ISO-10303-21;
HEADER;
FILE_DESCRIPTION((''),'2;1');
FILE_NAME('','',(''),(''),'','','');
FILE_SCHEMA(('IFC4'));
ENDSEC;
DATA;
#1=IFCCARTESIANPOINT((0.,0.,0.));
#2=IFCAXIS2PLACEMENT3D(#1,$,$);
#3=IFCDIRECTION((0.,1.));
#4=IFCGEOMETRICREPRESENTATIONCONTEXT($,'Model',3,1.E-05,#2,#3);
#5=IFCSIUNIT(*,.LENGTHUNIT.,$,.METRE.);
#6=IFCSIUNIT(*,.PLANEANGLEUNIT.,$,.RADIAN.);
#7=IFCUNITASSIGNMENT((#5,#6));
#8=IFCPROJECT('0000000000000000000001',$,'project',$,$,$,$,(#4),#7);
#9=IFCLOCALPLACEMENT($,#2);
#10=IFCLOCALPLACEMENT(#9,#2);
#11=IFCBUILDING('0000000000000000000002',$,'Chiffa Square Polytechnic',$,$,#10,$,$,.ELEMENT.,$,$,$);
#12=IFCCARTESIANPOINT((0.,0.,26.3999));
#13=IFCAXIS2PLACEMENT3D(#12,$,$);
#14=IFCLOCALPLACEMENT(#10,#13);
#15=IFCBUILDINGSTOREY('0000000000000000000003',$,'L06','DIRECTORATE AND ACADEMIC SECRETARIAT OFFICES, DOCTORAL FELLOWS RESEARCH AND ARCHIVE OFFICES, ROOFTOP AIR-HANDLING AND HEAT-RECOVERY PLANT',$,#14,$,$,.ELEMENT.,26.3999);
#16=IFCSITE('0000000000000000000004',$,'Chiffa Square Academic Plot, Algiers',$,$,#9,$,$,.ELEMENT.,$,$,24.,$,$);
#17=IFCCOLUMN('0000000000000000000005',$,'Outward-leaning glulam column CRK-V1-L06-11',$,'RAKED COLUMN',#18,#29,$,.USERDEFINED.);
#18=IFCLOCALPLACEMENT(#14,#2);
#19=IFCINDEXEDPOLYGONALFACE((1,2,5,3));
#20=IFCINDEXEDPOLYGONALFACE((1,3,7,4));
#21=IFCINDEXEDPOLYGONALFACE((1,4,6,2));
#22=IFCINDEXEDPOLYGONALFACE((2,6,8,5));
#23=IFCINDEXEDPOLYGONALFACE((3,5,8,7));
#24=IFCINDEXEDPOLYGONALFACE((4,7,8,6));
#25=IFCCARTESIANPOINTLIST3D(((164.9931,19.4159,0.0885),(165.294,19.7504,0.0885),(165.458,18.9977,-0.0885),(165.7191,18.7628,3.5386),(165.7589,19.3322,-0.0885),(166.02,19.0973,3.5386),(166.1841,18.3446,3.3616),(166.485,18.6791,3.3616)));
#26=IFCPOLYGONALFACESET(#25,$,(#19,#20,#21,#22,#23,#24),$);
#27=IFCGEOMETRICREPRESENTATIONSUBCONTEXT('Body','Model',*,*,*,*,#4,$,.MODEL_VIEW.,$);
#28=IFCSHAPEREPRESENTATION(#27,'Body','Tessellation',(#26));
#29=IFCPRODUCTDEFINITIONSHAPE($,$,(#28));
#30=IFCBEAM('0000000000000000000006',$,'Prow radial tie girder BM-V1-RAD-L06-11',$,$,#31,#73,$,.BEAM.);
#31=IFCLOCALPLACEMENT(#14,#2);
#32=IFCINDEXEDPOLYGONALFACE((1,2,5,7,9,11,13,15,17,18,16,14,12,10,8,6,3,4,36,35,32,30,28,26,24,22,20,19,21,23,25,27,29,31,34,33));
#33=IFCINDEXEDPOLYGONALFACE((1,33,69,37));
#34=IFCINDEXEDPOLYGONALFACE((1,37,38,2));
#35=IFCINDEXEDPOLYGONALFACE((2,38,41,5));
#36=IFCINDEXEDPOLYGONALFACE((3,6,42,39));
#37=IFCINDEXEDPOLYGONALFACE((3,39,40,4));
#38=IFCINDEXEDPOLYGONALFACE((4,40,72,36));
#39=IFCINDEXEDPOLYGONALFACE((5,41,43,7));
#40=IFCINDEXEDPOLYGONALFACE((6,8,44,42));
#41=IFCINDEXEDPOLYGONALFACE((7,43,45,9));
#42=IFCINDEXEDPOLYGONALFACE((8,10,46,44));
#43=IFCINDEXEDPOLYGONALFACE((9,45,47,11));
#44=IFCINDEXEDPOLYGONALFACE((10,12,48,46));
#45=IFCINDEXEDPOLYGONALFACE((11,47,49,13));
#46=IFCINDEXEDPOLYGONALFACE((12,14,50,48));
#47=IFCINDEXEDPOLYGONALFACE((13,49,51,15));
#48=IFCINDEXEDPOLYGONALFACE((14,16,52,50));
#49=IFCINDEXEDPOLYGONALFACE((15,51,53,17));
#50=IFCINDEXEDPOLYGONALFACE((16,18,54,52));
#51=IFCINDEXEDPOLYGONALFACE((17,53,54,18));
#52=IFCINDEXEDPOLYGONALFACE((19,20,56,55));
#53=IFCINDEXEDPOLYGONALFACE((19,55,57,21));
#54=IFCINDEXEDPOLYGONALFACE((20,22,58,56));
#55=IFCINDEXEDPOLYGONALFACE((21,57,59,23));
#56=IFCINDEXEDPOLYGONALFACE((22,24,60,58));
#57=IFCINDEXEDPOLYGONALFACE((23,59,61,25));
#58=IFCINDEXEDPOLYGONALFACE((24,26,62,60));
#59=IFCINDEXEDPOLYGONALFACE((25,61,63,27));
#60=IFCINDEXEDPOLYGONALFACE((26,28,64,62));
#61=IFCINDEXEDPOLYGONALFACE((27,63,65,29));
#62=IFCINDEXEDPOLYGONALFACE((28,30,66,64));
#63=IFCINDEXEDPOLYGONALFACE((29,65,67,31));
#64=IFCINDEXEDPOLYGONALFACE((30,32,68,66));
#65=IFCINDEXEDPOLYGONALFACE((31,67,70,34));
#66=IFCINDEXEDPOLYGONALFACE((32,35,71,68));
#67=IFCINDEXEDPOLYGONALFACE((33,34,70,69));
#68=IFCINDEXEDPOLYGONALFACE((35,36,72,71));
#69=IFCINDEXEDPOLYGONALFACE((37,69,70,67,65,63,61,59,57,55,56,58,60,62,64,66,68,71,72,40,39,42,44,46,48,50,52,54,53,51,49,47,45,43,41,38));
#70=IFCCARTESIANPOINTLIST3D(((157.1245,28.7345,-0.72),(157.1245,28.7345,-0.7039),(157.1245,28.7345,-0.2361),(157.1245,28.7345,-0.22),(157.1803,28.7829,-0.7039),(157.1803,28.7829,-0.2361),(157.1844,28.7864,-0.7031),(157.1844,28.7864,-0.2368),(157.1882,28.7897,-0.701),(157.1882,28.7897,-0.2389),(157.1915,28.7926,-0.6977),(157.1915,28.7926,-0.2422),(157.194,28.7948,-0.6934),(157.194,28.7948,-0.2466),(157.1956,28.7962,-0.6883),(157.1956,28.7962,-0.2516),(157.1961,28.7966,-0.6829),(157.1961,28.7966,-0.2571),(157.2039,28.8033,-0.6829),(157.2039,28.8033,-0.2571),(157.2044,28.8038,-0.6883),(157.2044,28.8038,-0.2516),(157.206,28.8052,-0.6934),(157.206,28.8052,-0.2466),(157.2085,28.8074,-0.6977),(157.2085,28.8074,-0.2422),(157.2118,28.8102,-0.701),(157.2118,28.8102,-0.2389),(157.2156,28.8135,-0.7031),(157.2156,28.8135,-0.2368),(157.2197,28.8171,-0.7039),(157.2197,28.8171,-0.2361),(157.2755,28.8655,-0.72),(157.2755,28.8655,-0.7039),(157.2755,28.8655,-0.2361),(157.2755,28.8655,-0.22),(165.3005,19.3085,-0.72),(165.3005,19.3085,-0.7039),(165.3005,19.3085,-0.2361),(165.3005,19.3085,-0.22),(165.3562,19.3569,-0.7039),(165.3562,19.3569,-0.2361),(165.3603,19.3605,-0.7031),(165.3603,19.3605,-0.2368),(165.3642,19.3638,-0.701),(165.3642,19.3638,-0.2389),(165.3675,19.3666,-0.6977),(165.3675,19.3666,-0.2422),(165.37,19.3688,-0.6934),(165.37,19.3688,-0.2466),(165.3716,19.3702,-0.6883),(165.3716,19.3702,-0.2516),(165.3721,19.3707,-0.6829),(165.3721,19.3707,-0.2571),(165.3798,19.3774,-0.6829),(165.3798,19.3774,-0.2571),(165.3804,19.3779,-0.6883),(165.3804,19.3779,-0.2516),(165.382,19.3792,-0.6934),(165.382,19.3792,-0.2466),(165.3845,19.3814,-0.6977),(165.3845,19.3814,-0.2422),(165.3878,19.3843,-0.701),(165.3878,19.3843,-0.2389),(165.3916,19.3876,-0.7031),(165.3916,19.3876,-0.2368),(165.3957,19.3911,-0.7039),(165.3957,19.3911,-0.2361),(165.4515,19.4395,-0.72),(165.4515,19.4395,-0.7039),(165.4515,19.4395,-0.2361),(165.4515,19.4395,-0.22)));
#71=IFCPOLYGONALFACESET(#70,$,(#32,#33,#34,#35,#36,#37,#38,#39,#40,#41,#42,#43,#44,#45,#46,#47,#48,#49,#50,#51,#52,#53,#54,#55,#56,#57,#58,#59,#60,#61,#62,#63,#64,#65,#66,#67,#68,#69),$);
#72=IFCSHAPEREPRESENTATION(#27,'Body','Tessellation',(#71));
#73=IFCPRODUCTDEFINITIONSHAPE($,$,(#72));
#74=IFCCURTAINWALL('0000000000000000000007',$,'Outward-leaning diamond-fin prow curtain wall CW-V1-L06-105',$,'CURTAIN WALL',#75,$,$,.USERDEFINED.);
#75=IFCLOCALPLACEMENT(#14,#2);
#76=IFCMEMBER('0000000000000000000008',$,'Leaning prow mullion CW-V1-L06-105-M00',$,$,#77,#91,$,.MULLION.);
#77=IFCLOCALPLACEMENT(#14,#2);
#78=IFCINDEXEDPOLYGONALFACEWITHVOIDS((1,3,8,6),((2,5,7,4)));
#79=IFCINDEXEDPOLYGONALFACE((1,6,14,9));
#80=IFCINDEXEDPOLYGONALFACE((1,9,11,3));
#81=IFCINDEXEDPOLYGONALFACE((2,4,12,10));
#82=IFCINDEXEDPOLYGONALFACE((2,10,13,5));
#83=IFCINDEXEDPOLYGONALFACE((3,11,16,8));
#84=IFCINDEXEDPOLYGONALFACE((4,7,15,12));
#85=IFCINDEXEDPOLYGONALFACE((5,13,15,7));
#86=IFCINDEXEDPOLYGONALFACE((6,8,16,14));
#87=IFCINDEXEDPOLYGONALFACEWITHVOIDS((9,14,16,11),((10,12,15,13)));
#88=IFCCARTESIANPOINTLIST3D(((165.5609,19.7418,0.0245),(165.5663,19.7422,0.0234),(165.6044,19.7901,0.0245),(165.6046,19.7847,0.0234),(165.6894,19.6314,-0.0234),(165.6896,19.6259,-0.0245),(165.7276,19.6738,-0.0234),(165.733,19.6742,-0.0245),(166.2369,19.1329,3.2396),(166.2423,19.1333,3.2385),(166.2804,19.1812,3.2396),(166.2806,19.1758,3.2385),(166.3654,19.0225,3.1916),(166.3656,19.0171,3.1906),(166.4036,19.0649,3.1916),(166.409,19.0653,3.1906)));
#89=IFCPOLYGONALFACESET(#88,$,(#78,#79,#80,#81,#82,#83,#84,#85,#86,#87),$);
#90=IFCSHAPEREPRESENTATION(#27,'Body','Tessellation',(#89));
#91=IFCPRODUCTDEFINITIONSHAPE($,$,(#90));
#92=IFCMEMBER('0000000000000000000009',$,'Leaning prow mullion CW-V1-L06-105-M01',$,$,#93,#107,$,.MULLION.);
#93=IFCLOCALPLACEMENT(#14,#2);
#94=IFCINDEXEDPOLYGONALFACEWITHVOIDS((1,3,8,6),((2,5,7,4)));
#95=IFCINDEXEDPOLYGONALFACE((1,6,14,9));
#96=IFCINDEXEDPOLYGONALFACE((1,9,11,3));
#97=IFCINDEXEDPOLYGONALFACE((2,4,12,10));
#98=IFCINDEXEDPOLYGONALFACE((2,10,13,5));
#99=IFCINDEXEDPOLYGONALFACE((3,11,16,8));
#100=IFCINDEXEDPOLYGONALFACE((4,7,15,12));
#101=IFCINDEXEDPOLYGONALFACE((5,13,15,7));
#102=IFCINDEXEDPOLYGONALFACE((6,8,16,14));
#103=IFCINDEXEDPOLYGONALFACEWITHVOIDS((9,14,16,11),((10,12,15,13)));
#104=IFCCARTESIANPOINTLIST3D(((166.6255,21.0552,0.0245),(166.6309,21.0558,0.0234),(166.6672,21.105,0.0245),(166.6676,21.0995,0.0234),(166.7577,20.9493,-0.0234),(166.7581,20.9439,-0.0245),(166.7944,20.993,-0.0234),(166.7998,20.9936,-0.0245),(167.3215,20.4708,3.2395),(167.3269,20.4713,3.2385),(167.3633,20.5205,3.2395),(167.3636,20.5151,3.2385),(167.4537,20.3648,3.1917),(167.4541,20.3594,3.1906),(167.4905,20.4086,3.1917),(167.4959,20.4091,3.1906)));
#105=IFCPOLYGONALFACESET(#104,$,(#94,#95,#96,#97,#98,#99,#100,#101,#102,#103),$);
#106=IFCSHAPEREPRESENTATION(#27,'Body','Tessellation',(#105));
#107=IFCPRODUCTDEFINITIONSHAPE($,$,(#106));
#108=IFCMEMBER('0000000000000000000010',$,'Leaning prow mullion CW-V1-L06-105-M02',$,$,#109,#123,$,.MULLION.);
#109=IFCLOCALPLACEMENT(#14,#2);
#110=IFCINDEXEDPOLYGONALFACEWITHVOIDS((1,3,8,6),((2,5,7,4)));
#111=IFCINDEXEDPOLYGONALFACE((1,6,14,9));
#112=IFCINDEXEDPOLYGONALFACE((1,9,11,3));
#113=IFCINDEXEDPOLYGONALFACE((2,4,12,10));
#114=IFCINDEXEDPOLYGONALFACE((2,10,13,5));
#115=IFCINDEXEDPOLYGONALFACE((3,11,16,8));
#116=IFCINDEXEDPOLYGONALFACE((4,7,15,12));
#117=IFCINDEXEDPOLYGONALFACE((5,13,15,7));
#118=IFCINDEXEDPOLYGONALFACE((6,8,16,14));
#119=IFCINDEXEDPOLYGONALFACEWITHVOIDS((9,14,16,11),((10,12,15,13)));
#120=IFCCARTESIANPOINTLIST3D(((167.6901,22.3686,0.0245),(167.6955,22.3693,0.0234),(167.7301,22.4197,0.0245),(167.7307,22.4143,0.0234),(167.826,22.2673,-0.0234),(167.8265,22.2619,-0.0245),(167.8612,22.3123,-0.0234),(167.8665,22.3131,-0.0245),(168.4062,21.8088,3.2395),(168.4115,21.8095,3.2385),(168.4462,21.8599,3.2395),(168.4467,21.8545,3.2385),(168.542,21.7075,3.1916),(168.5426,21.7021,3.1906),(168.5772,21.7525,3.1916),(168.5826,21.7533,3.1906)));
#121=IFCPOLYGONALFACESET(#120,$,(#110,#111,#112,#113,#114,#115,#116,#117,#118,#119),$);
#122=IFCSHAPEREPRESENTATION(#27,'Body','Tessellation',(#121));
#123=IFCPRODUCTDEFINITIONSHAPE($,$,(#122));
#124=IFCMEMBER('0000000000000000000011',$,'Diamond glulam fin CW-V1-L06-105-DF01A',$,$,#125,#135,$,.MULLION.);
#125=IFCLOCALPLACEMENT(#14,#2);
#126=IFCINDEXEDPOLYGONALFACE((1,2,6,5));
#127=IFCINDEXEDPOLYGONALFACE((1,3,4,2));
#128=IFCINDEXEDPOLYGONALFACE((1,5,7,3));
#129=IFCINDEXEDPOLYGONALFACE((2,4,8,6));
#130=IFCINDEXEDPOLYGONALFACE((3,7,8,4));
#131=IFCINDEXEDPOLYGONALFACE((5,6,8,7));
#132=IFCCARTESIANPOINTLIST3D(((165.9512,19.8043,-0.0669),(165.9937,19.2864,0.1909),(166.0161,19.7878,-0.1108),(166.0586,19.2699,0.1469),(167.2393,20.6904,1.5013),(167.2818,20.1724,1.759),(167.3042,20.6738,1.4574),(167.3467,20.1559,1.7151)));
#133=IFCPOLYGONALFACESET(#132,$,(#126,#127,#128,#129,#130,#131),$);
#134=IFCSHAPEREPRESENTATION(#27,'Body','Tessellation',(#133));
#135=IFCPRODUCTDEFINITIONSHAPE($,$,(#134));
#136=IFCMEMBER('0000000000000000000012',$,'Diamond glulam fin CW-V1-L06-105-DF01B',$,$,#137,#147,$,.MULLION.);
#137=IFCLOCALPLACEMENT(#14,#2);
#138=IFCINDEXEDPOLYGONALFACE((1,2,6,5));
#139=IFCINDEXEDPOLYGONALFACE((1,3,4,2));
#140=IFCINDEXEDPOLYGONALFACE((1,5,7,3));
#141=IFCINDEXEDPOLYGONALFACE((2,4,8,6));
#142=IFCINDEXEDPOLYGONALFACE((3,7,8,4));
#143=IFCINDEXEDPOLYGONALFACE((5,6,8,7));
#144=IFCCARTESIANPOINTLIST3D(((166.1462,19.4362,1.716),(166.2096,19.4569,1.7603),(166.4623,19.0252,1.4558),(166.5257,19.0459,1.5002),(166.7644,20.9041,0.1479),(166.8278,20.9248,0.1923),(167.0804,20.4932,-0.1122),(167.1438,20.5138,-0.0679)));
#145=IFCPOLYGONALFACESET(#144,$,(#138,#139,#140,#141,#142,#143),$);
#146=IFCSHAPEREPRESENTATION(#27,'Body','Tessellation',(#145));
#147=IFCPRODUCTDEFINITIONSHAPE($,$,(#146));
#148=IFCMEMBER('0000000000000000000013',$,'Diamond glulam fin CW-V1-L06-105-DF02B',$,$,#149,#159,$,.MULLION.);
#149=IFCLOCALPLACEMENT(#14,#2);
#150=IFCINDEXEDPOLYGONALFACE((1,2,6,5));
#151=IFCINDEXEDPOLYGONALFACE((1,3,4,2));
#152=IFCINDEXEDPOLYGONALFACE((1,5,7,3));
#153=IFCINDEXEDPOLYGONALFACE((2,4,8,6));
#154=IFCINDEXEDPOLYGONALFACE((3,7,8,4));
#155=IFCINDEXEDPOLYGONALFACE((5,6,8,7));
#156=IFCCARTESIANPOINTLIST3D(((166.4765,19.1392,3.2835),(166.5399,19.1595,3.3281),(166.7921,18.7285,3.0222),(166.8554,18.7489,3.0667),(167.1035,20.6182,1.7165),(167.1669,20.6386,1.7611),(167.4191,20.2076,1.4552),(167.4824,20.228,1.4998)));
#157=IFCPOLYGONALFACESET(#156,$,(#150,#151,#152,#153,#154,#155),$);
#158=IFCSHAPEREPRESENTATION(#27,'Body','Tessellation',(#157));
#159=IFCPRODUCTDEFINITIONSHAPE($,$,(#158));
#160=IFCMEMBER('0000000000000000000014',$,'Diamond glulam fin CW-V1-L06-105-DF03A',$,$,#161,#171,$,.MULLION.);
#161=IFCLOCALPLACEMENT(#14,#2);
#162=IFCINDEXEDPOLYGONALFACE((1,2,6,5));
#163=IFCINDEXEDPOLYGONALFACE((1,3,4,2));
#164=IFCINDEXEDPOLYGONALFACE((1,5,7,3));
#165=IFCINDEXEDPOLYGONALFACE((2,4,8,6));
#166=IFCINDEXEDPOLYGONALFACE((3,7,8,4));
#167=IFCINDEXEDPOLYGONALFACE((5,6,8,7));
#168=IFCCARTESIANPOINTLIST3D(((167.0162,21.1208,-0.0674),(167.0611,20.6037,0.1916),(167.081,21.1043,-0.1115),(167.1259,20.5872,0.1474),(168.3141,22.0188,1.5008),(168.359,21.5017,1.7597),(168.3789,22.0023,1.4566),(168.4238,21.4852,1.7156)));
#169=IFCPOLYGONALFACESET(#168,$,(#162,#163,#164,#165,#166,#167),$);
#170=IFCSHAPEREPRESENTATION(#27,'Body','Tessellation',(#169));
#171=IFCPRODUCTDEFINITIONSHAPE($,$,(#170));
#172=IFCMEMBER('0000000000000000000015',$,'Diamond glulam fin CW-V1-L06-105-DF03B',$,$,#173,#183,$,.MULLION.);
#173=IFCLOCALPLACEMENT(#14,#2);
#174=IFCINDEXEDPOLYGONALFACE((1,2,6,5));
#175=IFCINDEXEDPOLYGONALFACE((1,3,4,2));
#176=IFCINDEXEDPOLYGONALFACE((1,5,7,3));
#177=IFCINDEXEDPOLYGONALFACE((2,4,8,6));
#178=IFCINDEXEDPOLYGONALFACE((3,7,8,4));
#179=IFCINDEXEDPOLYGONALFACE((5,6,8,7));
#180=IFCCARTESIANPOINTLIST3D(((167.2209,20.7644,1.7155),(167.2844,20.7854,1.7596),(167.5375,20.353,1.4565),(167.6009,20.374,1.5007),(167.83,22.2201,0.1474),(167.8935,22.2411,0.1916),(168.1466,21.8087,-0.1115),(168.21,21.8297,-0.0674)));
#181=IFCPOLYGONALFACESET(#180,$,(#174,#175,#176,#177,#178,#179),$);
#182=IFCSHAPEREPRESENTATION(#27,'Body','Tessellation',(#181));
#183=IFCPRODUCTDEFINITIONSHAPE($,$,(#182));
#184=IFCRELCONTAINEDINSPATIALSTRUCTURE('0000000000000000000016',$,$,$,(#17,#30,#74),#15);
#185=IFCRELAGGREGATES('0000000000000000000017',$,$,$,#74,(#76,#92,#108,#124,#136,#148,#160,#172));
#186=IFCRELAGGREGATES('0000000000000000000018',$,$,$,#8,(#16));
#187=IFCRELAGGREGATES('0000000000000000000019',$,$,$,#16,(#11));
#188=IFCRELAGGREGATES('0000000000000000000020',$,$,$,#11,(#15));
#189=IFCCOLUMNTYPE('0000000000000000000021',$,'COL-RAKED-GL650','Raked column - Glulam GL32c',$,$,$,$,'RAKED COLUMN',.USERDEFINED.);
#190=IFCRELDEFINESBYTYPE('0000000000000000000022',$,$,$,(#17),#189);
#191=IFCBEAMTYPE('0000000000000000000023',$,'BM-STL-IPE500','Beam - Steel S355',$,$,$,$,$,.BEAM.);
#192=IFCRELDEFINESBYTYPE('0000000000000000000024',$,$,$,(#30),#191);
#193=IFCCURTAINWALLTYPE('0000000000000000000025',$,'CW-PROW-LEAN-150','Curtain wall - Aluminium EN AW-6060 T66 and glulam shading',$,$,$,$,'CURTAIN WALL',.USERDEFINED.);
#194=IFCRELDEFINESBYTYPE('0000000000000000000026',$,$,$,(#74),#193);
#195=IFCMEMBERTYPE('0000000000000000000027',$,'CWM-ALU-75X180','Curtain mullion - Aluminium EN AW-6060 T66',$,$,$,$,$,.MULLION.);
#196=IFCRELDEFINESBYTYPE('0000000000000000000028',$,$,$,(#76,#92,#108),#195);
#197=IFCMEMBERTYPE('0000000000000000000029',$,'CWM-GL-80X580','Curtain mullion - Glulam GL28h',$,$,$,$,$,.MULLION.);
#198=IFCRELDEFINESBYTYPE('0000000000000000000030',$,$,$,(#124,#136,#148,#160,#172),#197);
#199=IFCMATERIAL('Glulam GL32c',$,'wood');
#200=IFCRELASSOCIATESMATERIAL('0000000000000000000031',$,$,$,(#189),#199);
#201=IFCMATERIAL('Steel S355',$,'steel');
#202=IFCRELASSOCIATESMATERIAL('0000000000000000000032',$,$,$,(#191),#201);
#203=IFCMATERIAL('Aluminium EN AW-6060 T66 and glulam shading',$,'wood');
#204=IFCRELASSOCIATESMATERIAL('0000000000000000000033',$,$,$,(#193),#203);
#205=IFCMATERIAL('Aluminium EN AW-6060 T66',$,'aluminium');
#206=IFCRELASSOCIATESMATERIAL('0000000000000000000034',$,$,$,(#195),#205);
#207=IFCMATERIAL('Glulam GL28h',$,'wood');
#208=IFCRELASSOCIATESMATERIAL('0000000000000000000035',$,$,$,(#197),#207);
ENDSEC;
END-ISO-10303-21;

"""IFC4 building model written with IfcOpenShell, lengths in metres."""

from ifc_helpers import new_model, si_unit, direction, frame, origin, origin_2d, place, context, subcontext, project, spatial, rectangle, hollow_rectangle, i_section, extrude, material, material_profile, profile_set, type_object, element, aggregate, save


model = new_model("IFC4")

# Units and contexts
model_context = context("Model", 3, precision=1e-05, world=origin(), true_north=direction((0.0, 1.0)))
body_context = subcontext(model_context, "Body", "Model", "MODEL_VIEW")
ifc_project = project(units=[si_unit("LENGTHUNIT", "METRE"), si_unit("PLANEANGLEUNIT", "RADIAN")], contexts=[model_context])

# Site, building, storey
site_placement = place(None, origin())
site = spatial("IfcSite", under=ifc_project, at=site_placement, Name="Chiffa Square Academic Plot, Algiers", CompositionType="ELEMENT", RefElevation=24.0)
building_placement = place(site_placement, origin())
building = spatial("IfcBuilding", under=site, at=building_placement, Name="Chiffa Square Polytechnic", CompositionType="ELEMENT")
storey_placement = place(building_placement, frame((0.0, 0.0, 26.3999)))
storey = spatial("IfcBuildingStorey", under=building, at=storey_placement, Name="L06", Description="DIRECTORATE AND ACADEMIC SECRETARIAT OFFICES, DOCTORAL FELLOWS RESEARCH AND ARCHIVE OFFICES, ROOFTOP AIR-HANDLING AND HEAT-RECOVERY PLANT", CompositionType="ELEMENT", Elevation=26.3999)

# Column
ifc_material_1 = material(Name="Glulam GL32c", Category="wood")
ifc_material_profile_1 = material_profile(ifc_material_1, rectangle(XDim=0.45, YDim=0.6499, at=origin_2d()), Name="GL32c 450x650")
ifc_profile_set_1 = profile_set([ifc_material_profile_1], Name="Glulam GL32c")
column_type = type_object("IfcColumnType", Name="COL-RAKED-GL650", Description="Raked column - Glulam GL32c", ElementType="RAKED COLUMN", PredefinedType="USERDEFINED", material=ifc_profile_set_1)
column_placement = place(storey_placement, frame((165.376, 19.374, 0.0), z_axis=(0.202489, -0.182131, 0.962199), x_axis=(0.668744, 0.743493, 0.0)))
element("IfcColumn", 1, at=column_placement, inside=storey, type_object=column_type, Name="Outward-leaning glulam column CRK-V1-L06-11", ObjectType="RAKED COLUMN", PredefinedType="USERDEFINED", context=body_context, shape_type="SweptSolid", body=[
    extrude(rectangle(XDim=0.45, YDim=0.6499, at=origin_2d()), origin(), (0.0, 0.0, 1.0), 3.5857),
])

# Beam
ifc_material_2 = material(Name="Steel S355", Category="steel")
ifc_material_profile_2 = material_profile(ifc_material_2, i_section(OverallWidth=0.2, OverallDepth=0.5, WebThickness=0.0103, FlangeThickness=0.0161, FilletRadius=0.021, at=origin_2d()), Name="IPE 500")
ifc_profile_set_2 = profile_set([ifc_material_profile_2], Name="Steel S355")
beam_type_1 = type_object("IfcBeamType", Name="BM-STL-IPE500", Description="Beam - Steel S355", PredefinedType="BEAM", material=ifc_profile_set_2)
beam_1_placement = place(storey_placement, frame((165.376, 19.374, -0.47), z_axis=(-0.655242, 0.755419, 0.0), x_axis=(-0.755419, -0.655242, 0.0)))
element("IfcBeam", 2, at=beam_1_placement, inside=storey, type_object=beam_type_1, Name="Prow radial tie girder BM-V1-RAD-L06-11", PredefinedType="BEAM", context=body_context, shape_type="SweptSolid", body=[
    extrude(i_section(OverallWidth=0.2, OverallDepth=0.5, WebThickness=0.0103, FlangeThickness=0.0161, FilletRadius=0.021, at=origin_2d()), origin(), (0.0, 0.0, 1.0), 12.4778),
])

# Curtain wall, members
ifc_material_3 = material(Name="Aluminium EN AW-6060 T66 and glulam shading", Category="wood")
curtain_wall_type = type_object("IfcCurtainWallType", Name="CW-PROW-LEAN-150", Description="Curtain wall - Aluminium EN AW-6060 T66 and glulam shading", ElementType="CURTAIN WALL", PredefinedType="USERDEFINED", material=ifc_material_3)
curtain_wall_placement = place(storey_placement, origin())
curtain_wall = element("IfcCurtainWall", 3, at=curtain_wall_placement, inside=storey, type_object=curtain_wall_type, Name="Outward-leaning diamond-fin prow curtain wall CW-V1-L06-105", ObjectType="CURTAIN WALL", PredefinedType="USERDEFINED")
ifc_material_4 = material(Name="Aluminium EN AW-6060 T66", Category="aluminium")
ifc_material_profile_3 = material_profile(ifc_material_4, hollow_rectangle(XDim=0.0649, YDim=0.1799, WallThickness=0.0039, at=origin_2d()), Name="ALU 65x180x4")
ifc_profile_set_3 = profile_set([ifc_material_profile_3], Name="Aluminium EN AW-6060 T66")
member_type_1 = type_object("IfcMemberType", Name="CWM-ALU-75X180", Description="Curtain mullion - Aluminium EN AW-6060 T66", PredefinedType="MULLION", material=ifc_profile_set_3)
member_1_placement = place(storey_placement, frame((165.647, 19.708, 0.0), z_axis=(0.202322, -0.182228, 0.962216), x_axis=(0.669246, 0.743041, 0.0)))
member_1 = element("IfcMember", 4, at=member_1_placement, type_object=member_type_1, Name="Leaning prow mullion CW-V1-L06-105-M00", PredefinedType="MULLION", context=body_context, shape_type="SweptSolid", body=[
    extrude(hollow_rectangle(XDim=0.0649, YDim=0.1799, WallThickness=0.0039, at=origin_2d()), origin(), (0.0, 0.0, 1.0), 3.3413),
])
member_2_placement = place(storey_placement, frame((166.7126, 21.0244, 0.0), z_axis=(0.208329, -0.174935, 0.962287), x_axis=(0.64306, 0.765816, 0.0)))
member_2 = element("IfcMember", 5, at=member_2_placement, type_object=member_type_1, Name="Leaning prow mullion CW-V1-L06-105-M01", PredefinedType="MULLION", context=body_context, shape_type="SweptSolid", body=[
    extrude(hollow_rectangle(XDim=0.0649, YDim=0.1799, WallThickness=0.0039, at=origin_2d()), origin(), (0.0, 0.0, 1.0), 3.3411),
])
member_3_placement = place(storey_placement, frame((167.7783, 22.3408, 0.0), z_axis=(0.21432, -0.167554, 0.962285), x_axis=(0.61591, 0.787817, 0.0)))
member_3 = element("IfcMember", 6, at=member_3_placement, type_object=member_type_1, Name="Leaning prow mullion CW-V1-L06-105-M02", PredefinedType="MULLION", context=body_context, shape_type="SweptSolid", body=[
    extrude(hollow_rectangle(XDim=0.0649, YDim=0.1799, WallThickness=0.0039, at=origin_2d()), origin(), (0.0, 0.0, 1.0), 3.3411),
])
ifc_material_5 = material(Name="Glulam GL28h", Category="wood")
ifc_material_profile_4 = material_profile(ifc_material_5, rectangle(XDim=0.0801, YDim=0.5801, at=origin_2d()), Name="GL28h 80x580")
ifc_profile_set_4 = profile_set([ifc_material_profile_4], Name="Glulam GL28h")
member_type_2 = type_object("IfcMemberType", Name="CWM-GL-80X580", Description="Curtain mullion - Glulam GL28h", PredefinedType="MULLION", material=ifc_profile_set_4)
member_4_placement = place(storey_placement, frame((166.0049, 19.5371, 0.04), z_axis=(0.581713, 0.40012, 0.708177), x_axis=(-0.810092, 0.206611, 0.548692)))
member_4 = element("IfcMember", 7, at=member_4_placement, type_object=member_type_2, Name="Diamond glulam fin CW-V1-L06-105-DF01A", PredefinedType="MULLION", context=body_context, shape_type="SweptSolid", body=[
    extrude(rectangle(XDim=0.0801, YDim=0.5801, at=origin_2d()), origin(), (0.0, 0.0, 1.0), 2.2144),
])
member_5_placement = place(storey_placement, frame((166.9541, 20.709, 0.04), z_axis=(-0.276557, -0.656768, 0.70155), x_axis=(0.791583, 0.258246, 0.55381)))
member_5 = element("IfcMember", 8, at=member_5_placement, type_object=member_type_2, Name="Diamond glulam fin CW-V1-L06-105-DF01B", PredefinedType="MULLION", context=body_context, shape_type="SweptSolid", body=[
    extrude(rectangle(XDim=0.0801, YDim=0.5801, at=origin_2d()), origin(), (0.0, 0.0, 1.0), 2.2351),
])
member_6_placement = place(storey_placement, frame((167.293, 20.4231, 1.6082), z_axis=(-0.279387, -0.659083, 0.69825), x_axis=(0.791196, 0.253993, 0.556323)))
member_6 = element("IfcMember", 9, at=member_6_placement, type_object=member_type_2, Name="Diamond glulam fin CW-V1-L06-105-DF02B", PredefinedType="MULLION", context=body_context, shape_type="SweptSolid", body=[
    extrude(rectangle(XDim=0.0801, YDim=0.5801, at=origin_2d()), origin(), (0.0, 0.0, 1.0), 2.2441),
])
member_7_placement = place(storey_placement, frame((167.071, 20.854, 0.04), z_axis=(0.583358, 0.40361, 0.704836), x_axis=(-0.808519, 0.205869, 0.551285)))
member_7 = element("IfcMember", 10, at=member_7_placement, type_object=member_type_2, Name="Diamond glulam fin CW-V1-L06-105-DF03A", PredefinedType="MULLION", context=body_context, shape_type="SweptSolid", body=[
    extrude(rectangle(XDim=0.0801, YDim=0.5801, at=origin_2d()), origin(), (0.0, 0.0, 1.0), 2.2249),
])
member_8_placement = place(storey_placement, frame((168.02, 22.0249, 0.04), z_axis=(-0.2738, -0.654377, 0.704857), x_axis=(0.791986, 0.262416, 0.551268)))
member_8 = element("IfcMember", 11, at=member_8_placement, type_object=member_type_2, Name="Diamond glulam fin CW-V1-L06-105-DF03B", PredefinedType="MULLION", context=body_context, shape_type="SweptSolid", body=[
    extrude(rectangle(XDim=0.0801, YDim=0.5801, at=origin_2d()), origin(), (0.0, 0.0, 1.0), 2.2246),
])

aggregate(curtain_wall, [member_1, member_2, member_3, member_4, member_5, member_6, member_7, member_8])

save(model, "model.ifc")
